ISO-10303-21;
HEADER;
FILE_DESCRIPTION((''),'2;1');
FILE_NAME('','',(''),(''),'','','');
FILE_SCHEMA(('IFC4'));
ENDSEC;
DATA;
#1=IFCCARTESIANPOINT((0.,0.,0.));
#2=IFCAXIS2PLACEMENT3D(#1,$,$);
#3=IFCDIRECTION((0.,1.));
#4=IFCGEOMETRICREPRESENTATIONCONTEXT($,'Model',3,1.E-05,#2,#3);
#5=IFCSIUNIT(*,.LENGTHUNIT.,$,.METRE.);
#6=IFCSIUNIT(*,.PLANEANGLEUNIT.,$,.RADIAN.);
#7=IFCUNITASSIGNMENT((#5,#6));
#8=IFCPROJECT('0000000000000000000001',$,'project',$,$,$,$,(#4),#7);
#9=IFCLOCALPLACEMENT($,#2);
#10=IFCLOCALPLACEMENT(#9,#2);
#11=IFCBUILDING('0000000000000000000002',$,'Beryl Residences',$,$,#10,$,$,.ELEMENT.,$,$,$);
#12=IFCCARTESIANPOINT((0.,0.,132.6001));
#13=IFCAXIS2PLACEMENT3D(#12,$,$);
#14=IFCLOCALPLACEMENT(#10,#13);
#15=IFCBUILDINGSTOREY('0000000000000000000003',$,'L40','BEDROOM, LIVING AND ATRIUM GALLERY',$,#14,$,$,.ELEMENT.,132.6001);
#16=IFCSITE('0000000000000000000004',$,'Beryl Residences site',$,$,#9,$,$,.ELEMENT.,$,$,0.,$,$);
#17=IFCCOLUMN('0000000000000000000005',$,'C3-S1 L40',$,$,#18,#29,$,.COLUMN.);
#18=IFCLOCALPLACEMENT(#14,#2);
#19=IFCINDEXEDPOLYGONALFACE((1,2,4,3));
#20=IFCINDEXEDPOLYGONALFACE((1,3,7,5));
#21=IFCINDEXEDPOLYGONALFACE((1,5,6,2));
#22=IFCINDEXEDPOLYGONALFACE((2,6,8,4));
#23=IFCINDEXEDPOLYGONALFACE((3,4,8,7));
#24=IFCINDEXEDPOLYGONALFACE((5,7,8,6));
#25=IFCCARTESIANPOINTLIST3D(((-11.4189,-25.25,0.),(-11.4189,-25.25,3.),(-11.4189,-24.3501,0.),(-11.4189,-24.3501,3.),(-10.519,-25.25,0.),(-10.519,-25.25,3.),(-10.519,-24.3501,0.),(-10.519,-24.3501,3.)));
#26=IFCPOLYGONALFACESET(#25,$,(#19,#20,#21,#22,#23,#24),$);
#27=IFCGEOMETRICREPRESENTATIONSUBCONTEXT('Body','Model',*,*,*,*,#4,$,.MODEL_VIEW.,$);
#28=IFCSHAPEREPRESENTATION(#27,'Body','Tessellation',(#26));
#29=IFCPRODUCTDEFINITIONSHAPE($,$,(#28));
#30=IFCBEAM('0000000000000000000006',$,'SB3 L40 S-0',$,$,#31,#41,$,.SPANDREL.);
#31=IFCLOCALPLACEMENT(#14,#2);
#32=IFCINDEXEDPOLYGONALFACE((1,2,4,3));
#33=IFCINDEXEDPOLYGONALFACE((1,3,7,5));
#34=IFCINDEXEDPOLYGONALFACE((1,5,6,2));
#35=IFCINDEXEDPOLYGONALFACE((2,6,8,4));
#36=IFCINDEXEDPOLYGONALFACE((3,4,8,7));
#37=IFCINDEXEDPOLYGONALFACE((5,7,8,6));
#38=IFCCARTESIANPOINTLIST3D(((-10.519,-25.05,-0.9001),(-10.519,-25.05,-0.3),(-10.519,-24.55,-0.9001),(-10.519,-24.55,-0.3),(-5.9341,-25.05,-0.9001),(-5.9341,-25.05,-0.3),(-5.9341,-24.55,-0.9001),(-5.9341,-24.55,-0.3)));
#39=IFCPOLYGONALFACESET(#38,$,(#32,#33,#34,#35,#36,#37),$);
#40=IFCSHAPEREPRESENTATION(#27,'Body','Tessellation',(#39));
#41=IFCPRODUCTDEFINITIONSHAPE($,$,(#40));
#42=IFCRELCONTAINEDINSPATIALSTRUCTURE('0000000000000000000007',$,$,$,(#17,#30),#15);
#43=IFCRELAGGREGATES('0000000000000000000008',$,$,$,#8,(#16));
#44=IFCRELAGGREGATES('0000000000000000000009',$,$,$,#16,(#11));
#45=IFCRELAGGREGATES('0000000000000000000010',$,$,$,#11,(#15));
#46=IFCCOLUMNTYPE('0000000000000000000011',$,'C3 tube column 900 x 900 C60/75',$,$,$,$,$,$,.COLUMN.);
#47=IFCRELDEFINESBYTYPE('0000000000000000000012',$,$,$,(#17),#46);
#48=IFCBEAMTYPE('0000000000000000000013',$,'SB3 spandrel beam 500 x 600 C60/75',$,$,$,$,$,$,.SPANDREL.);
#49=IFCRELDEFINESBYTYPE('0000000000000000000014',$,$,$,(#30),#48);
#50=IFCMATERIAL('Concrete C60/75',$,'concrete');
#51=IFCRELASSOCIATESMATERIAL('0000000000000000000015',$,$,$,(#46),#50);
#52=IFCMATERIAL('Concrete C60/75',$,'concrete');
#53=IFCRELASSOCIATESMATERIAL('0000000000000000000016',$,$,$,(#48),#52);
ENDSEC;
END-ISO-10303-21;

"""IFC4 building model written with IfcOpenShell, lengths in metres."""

from ifc_helpers import new_model, si_unit, direction, frame, origin, origin_2d, place, context, subcontext, project, spatial, rectangle, extrude, material, material_profile, profile_set, type_object, element, save


model = new_model("IFC4")

# Units and contexts
model_context = context("Model", 3, precision=1e-05, world=origin(), true_north=direction((0.0, 1.0)))
body_context = subcontext(model_context, "Body", "Model", "MODEL_VIEW")
ifc_project = project(units=[si_unit("LENGTHUNIT", "METRE"), si_unit("PLANEANGLEUNIT", "RADIAN")], contexts=[model_context])

# Site, building, storey
site_placement = place(None, origin())
site = spatial("IfcSite", under=ifc_project, at=site_placement, Name="Beryl Residences site", CompositionType="ELEMENT", RefElevation=0.0)
building_placement = place(site_placement, origin())
building = spatial("IfcBuilding", under=site, at=building_placement, Name="Beryl Residences", CompositionType="ELEMENT")
storey_placement = place(building_placement, frame((0.0, 0.0, 132.6001)))
storey = spatial("IfcBuildingStorey", under=building, at=storey_placement, Name="L40", Description="BEDROOM, LIVING AND ATRIUM GALLERY", CompositionType="ELEMENT", Elevation=132.6001)

# Column
ifc_material_1 = material(Name="Concrete C60/75", Category="concrete")
ifc_material_profile_1 = material_profile(ifc_material_1, rectangle(XDim=0.8999, YDim=0.8999, at=origin_2d()))
ifc_profile_set_1 = profile_set([ifc_material_profile_1], Name="Concrete C60/75")
column_type = type_object("IfcColumnType", Name="C3 tube column 900 x 900 C60/75", PredefinedType="COLUMN", material=ifc_profile_set_1)
column_placement = place(storey_placement, frame((-10.969, -24.8, 0.0), z_axis=(0.0, 0.0, 1.0), x_axis=(1.0, 0.0, 0.0)))
element("IfcColumn", 1, at=column_placement, inside=storey, type_object=column_type, Name="C3-S1 L40", PredefinedType="COLUMN", context=body_context, shape_type="SweptSolid", body=[
    extrude(rectangle(XDim=0.8999, YDim=0.8999, at=origin_2d()), origin(), (0.0, 0.0, 1.0), 3.0),
])

# Beam
ifc_material_2 = material(Name="Concrete C60/75", Category="concrete")
ifc_material_profile_2 = material_profile(ifc_material_2, rectangle(XDim=0.5, YDim=0.6001, at=origin_2d()))
ifc_profile_set_2 = profile_set([ifc_material_profile_2], Name="Concrete C60/75")
beam_type = type_object("IfcBeamType", Name="SB3 spandrel beam 500 x 600 C60/75", PredefinedType="SPANDREL", material=ifc_profile_set_2)
beam_placement = place(storey_placement, frame((-10.519, -24.8, -0.6001), z_axis=(1.0, 0.0, 0.0), x_axis=(0.0, 1.0, 0.0)))
element("IfcBeam", 2, at=beam_placement, inside=storey, type_object=beam_type, Name="SB3 L40 S-0", PredefinedType="SPANDREL", context=body_context, shape_type="SweptSolid", body=[
    extrude(rectangle(XDim=0.5, YDim=0.6001, at=origin_2d()), origin(), (0.0, 0.0, 1.0), 4.585),
])

save(model, "model.ifc")
